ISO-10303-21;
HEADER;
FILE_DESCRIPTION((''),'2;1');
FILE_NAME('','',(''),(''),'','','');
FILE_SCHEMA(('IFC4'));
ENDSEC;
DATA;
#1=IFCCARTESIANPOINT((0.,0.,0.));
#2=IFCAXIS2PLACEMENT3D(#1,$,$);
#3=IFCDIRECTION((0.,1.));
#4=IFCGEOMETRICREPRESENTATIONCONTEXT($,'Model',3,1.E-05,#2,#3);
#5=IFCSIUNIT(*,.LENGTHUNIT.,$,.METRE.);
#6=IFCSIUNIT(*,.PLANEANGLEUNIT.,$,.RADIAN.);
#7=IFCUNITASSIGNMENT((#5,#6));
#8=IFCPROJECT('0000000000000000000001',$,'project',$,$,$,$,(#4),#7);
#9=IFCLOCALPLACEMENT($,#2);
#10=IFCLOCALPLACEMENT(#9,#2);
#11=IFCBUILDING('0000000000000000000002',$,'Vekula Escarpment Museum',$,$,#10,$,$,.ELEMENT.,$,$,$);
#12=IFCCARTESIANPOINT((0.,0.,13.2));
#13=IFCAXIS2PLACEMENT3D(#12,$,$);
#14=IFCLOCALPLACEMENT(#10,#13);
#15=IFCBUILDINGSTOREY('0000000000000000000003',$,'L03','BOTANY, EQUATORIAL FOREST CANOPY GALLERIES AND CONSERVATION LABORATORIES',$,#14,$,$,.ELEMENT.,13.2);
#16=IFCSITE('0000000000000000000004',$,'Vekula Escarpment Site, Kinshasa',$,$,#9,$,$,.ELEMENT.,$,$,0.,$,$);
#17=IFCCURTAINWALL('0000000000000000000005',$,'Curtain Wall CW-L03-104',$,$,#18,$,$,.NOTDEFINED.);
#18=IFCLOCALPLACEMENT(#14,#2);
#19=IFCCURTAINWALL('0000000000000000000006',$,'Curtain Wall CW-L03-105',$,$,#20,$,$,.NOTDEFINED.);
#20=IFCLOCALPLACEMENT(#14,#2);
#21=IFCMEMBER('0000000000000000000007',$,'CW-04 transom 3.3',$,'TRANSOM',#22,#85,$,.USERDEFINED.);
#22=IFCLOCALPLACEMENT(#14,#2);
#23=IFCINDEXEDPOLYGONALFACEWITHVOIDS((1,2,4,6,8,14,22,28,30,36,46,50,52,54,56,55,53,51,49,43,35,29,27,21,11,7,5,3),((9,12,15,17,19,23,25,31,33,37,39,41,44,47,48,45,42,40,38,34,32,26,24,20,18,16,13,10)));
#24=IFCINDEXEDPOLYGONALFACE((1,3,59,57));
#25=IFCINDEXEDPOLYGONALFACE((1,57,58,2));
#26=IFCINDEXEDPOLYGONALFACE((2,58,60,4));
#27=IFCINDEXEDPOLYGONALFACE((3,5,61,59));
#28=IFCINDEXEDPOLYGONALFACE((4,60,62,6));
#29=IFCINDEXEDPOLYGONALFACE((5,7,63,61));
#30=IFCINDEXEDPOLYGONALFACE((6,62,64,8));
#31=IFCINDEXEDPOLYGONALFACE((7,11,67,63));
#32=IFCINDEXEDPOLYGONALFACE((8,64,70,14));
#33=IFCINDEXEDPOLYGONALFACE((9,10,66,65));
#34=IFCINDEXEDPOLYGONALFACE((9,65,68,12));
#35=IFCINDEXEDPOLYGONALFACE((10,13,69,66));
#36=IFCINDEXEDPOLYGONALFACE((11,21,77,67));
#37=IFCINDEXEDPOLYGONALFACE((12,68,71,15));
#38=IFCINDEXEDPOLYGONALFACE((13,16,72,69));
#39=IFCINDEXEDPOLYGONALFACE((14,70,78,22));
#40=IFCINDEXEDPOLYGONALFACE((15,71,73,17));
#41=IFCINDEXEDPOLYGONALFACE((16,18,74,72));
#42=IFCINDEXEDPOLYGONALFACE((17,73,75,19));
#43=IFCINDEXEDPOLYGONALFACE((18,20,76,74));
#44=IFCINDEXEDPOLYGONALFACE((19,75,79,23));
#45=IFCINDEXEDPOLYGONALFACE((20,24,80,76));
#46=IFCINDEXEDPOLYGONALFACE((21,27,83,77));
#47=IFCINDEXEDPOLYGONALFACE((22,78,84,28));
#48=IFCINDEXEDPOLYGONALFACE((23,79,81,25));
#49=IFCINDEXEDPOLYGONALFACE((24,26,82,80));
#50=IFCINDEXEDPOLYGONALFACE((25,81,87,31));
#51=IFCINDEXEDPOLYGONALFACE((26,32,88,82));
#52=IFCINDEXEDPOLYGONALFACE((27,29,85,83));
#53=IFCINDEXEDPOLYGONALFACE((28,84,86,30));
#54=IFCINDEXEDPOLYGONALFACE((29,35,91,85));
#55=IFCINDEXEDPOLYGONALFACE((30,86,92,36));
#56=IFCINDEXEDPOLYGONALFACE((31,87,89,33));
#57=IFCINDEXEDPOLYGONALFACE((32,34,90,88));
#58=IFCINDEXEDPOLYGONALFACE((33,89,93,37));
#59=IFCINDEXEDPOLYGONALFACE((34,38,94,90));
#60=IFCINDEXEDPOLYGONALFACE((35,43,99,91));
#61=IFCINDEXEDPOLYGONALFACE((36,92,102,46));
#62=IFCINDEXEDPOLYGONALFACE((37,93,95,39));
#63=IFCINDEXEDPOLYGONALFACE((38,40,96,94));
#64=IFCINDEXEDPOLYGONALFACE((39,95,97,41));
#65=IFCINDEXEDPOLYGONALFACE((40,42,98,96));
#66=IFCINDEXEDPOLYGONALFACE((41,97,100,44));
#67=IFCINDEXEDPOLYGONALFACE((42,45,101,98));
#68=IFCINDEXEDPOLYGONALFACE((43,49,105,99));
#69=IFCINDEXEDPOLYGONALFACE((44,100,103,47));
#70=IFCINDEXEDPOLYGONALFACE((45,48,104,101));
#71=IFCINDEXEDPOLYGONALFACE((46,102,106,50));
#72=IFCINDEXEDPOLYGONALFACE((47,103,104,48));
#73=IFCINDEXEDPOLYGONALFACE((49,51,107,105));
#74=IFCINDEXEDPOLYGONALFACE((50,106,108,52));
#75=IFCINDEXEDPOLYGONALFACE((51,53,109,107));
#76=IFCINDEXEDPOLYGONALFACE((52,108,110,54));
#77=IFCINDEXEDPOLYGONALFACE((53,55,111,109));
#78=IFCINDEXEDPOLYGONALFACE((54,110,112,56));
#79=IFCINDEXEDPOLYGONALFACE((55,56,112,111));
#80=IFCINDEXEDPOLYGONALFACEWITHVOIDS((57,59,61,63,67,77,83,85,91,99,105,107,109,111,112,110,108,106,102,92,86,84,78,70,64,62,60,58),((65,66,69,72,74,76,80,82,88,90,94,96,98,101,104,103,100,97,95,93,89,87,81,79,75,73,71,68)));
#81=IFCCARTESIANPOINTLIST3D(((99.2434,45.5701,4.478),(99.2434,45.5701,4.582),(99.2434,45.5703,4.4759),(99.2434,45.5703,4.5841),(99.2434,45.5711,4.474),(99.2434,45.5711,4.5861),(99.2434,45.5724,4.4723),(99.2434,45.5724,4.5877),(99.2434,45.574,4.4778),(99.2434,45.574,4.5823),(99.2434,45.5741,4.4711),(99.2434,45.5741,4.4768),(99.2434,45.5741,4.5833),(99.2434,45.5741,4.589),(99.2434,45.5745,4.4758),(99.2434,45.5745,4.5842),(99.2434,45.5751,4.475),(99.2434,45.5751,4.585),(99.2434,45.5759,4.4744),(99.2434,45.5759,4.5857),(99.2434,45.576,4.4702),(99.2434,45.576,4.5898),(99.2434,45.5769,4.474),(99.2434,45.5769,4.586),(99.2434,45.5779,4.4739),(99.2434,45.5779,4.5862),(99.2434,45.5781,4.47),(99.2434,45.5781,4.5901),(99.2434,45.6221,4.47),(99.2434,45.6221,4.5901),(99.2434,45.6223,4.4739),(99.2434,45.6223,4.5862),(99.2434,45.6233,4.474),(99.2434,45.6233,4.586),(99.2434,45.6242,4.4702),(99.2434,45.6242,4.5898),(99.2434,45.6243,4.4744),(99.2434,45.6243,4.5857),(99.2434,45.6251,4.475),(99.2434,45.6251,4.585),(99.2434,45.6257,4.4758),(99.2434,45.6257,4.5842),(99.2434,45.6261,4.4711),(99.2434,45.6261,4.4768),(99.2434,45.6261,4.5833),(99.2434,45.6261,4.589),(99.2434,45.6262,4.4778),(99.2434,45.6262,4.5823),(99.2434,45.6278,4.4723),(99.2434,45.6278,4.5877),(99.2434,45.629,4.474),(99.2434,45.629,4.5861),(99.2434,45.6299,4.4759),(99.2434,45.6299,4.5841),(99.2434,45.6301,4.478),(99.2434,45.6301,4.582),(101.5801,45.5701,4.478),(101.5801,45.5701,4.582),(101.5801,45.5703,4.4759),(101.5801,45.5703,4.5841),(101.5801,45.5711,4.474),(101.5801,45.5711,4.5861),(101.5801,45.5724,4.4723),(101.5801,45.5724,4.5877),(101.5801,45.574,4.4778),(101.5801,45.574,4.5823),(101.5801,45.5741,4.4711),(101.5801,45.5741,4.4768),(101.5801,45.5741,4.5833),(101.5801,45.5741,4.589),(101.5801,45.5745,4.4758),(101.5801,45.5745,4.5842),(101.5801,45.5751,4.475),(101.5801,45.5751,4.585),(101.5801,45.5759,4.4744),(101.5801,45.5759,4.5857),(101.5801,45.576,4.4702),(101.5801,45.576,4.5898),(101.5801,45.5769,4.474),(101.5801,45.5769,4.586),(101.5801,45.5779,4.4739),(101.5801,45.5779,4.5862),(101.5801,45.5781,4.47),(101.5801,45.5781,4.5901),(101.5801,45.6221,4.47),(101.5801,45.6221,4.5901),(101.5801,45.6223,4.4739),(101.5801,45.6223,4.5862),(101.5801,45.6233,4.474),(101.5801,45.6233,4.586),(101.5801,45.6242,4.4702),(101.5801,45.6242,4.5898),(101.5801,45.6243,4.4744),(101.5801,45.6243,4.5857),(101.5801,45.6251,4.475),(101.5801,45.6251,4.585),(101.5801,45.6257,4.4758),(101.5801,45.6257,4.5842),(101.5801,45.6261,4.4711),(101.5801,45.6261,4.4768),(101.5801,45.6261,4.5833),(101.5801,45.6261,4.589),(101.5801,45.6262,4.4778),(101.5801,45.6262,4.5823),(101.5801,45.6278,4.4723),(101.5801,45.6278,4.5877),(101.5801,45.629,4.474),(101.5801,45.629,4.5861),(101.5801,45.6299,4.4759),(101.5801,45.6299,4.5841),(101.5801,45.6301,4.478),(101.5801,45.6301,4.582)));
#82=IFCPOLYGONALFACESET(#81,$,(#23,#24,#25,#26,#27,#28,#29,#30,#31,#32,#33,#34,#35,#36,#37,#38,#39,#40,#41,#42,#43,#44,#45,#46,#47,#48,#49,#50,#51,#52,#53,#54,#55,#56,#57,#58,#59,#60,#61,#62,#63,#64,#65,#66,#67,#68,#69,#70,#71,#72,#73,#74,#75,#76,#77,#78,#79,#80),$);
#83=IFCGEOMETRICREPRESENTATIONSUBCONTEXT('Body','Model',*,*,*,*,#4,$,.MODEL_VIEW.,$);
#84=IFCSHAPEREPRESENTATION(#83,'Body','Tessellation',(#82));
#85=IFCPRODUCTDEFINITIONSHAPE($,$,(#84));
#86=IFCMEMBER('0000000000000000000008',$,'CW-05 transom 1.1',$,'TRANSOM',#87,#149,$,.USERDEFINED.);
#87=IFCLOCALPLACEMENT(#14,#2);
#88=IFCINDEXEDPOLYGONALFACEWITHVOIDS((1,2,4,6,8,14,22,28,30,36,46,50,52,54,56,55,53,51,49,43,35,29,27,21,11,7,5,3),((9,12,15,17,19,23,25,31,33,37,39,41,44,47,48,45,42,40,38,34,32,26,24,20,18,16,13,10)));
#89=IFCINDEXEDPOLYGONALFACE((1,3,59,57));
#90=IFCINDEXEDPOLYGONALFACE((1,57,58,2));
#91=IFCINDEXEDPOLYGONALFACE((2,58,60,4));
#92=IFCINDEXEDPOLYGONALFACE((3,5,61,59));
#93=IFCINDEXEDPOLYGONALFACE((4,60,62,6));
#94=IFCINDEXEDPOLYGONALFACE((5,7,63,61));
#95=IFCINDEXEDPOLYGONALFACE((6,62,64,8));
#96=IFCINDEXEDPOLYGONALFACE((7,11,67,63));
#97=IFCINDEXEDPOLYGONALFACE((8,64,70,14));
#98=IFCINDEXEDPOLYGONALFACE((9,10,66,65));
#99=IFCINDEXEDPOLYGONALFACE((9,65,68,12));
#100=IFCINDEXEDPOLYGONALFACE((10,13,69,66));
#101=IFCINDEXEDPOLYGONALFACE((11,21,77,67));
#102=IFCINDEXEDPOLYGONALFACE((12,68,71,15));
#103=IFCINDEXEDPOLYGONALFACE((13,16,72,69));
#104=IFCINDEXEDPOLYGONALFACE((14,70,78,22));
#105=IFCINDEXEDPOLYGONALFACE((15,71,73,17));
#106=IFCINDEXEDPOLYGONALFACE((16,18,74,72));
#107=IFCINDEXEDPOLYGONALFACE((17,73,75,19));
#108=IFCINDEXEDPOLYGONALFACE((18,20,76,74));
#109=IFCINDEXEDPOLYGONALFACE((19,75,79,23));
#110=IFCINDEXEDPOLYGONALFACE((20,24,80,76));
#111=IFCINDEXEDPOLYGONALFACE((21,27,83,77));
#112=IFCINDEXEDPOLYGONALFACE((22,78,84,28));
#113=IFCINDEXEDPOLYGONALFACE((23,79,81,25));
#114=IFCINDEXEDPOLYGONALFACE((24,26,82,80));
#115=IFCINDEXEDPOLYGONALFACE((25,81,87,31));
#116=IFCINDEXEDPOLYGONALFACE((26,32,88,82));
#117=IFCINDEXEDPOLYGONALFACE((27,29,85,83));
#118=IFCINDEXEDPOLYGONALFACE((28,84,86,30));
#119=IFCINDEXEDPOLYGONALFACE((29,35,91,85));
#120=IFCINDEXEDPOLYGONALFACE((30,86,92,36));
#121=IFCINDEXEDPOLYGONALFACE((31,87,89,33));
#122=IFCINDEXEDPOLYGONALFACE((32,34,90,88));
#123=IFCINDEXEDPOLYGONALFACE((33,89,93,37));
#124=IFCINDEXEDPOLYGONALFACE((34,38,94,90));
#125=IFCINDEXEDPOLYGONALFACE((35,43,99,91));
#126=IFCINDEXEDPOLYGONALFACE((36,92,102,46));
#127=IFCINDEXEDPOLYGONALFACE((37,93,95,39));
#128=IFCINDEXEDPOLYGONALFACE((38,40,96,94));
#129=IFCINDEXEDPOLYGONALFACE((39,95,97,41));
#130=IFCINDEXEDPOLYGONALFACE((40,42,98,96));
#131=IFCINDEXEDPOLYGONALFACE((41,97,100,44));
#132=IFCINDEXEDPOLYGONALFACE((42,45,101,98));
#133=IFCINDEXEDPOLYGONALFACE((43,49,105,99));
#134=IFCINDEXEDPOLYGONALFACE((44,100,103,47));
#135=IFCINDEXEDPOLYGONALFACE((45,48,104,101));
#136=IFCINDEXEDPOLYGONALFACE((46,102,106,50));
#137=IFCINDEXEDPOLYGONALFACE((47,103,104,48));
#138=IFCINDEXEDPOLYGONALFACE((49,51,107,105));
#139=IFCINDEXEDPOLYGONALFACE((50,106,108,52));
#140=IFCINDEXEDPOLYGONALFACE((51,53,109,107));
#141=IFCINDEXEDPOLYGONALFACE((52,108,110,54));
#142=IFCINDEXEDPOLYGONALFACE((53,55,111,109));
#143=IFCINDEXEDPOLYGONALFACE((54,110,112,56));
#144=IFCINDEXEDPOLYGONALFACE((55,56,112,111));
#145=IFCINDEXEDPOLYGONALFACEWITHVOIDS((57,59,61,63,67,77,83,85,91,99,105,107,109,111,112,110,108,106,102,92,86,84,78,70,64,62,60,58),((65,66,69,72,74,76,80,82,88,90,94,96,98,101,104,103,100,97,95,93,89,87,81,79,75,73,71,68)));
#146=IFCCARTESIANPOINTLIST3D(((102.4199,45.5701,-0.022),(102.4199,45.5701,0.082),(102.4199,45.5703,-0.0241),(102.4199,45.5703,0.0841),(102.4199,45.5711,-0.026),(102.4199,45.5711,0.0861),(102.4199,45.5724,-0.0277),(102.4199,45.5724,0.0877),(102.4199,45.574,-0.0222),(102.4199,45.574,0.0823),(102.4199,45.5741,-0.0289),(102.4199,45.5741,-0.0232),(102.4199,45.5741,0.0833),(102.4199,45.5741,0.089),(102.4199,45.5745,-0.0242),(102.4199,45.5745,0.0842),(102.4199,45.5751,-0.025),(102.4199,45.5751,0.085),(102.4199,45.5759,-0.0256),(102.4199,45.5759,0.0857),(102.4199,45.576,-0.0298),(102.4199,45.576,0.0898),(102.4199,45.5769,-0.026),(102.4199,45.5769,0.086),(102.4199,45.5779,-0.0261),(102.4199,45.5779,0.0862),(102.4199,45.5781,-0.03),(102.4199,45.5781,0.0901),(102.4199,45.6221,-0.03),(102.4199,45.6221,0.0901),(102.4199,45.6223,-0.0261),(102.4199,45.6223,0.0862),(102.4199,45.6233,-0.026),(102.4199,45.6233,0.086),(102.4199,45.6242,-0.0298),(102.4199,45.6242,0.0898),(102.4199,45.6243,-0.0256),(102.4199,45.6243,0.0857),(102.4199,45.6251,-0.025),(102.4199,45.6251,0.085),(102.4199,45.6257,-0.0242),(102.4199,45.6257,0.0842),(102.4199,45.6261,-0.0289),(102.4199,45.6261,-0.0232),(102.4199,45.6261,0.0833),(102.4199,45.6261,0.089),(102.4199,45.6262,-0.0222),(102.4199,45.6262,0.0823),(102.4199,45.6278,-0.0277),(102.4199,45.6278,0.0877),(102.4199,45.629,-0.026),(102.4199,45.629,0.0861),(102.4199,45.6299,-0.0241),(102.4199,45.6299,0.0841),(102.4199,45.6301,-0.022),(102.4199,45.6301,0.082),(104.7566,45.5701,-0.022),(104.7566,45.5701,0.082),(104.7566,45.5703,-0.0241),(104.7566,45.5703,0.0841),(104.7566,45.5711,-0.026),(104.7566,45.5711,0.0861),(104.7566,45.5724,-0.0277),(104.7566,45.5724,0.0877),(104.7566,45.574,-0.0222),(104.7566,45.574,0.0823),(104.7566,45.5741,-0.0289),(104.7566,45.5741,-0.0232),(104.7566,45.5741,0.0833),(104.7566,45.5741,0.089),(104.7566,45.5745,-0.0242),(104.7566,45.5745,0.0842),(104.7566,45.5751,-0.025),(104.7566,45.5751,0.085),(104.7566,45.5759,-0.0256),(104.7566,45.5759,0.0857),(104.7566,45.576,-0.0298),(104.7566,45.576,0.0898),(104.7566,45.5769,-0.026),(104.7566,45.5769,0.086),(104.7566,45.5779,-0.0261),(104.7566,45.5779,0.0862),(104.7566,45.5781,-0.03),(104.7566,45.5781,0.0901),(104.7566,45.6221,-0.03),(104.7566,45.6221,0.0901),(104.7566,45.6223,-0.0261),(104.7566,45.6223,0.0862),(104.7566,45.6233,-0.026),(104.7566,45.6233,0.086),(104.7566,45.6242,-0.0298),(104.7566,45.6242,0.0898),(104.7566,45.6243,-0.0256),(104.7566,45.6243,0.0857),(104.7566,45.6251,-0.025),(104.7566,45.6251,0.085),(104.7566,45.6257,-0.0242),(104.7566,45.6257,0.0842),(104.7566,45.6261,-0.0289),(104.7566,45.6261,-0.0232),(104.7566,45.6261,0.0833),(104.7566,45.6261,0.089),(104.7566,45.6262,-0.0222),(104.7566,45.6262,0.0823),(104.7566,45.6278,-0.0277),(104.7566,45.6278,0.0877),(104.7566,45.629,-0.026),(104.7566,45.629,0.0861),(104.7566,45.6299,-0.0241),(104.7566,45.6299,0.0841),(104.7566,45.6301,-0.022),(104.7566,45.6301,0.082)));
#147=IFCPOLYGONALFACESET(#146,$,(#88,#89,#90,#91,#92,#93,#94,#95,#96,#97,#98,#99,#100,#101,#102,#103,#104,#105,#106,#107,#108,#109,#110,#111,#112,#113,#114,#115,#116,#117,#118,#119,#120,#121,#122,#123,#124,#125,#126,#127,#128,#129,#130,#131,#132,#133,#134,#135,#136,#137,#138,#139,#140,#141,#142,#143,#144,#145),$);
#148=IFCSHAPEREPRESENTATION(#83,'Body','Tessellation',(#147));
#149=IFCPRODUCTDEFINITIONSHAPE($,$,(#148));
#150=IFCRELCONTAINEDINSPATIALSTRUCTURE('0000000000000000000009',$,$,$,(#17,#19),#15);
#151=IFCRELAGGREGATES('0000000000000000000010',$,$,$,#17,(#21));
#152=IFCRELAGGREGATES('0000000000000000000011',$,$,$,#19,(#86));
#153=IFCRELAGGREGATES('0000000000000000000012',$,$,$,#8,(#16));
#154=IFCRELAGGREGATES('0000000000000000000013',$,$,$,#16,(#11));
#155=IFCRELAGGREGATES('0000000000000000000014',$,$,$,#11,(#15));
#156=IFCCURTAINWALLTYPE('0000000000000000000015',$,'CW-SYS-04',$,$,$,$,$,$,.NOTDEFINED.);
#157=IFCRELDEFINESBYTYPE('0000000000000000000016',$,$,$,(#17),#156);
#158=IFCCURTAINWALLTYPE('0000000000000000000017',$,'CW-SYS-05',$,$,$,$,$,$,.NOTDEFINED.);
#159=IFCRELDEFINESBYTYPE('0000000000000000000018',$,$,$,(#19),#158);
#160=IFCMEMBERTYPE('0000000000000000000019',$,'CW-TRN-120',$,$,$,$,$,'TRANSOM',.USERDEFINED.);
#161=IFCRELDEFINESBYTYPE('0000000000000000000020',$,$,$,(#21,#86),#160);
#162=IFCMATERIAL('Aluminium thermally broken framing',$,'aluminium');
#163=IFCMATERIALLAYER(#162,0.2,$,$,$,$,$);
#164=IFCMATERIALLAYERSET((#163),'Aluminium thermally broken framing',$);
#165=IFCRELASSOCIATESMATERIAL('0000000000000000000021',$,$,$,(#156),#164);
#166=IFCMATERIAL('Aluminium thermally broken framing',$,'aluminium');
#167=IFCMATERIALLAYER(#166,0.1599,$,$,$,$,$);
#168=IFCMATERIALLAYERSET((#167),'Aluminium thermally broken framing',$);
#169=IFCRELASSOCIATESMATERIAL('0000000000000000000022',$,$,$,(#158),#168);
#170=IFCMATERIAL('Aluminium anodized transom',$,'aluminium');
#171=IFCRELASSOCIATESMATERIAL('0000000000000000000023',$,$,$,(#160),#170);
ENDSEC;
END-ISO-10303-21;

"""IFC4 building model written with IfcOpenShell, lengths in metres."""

from ifc_helpers import new_model, si_unit, direction, frame, origin, origin_2d, place, context, subcontext, project, spatial, hollow_rectangle, extrude, material, layer, layer_set, material_profile, profile_set, type_object, element, aggregate, save


model = new_model("IFC4")

# Units and contexts
model_context = context("Model", 3, precision=1e-05, world=origin(), true_north=direction((0.0, 1.0)))
body_context = subcontext(model_context, "Body", "Model", "MODEL_VIEW")
ifc_project = project(units=[si_unit("LENGTHUNIT", "METRE"), si_unit("PLANEANGLEUNIT", "RADIAN")], contexts=[model_context])

# Site, building, storey
site_placement = place(None, origin())
site = spatial("IfcSite", under=ifc_project, at=site_placement, Name="Vekula Escarpment Site, Kinshasa", CompositionType="ELEMENT", RefElevation=0.0)
building_placement = place(site_placement, origin())
building = spatial("IfcBuilding", under=site, at=building_placement, Name="Vekula Escarpment Museum", CompositionType="ELEMENT")
storey_placement = place(building_placement, frame((0.0, 0.0, 13.2)))
storey = spatial("IfcBuildingStorey", under=building, at=storey_placement, Name="L03", Description="BOTANY, EQUATORIAL FOREST CANOPY GALLERIES AND CONSERVATION LABORATORIES", CompositionType="ELEMENT", Elevation=13.2)

# Curtain walls
ifc_material_1 = material(Name="Aluminium thermally broken framing", Category="aluminium")
ifc_layer_1 = layer(ifc_material_1, 0.2)
ifc_layer_set_1 = layer_set([ifc_layer_1], Name="Aluminium thermally broken framing")
curtain_wall_type_1 = type_object("IfcCurtainWallType", Name="CW-SYS-04", PredefinedType="NOTDEFINED", material=ifc_layer_set_1)
curtain_wall_1_placement = place(storey_placement, origin())
curtain_wall_1 = element("IfcCurtainWall", 1, at=curtain_wall_1_placement, inside=storey, type_object=curtain_wall_type_1, Name="Curtain Wall CW-L03-104", PredefinedType="NOTDEFINED")
ifc_material_2 = material(Name="Aluminium thermally broken framing", Category="aluminium")
ifc_layer_2 = layer(ifc_material_2, 0.1599)
ifc_layer_set_2 = layer_set([ifc_layer_2], Name="Aluminium thermally broken framing")
curtain_wall_type_2 = type_object("IfcCurtainWallType", Name="CW-SYS-05", PredefinedType="NOTDEFINED", material=ifc_layer_set_2)
curtain_wall_2_placement = place(storey_placement, origin())
curtain_wall_2 = element("IfcCurtainWall", 2, at=curtain_wall_2_placement, inside=storey, type_object=curtain_wall_type_2, Name="Curtain Wall CW-L03-105", PredefinedType="NOTDEFINED")

# Members
ifc_material_3 = material(Name="Aluminium anodized transom", Category="aluminium")
ifc_material_profile_1 = material_profile(ifc_material_3, hollow_rectangle(XDim=0.0601, YDim=0.1201, WallThickness=0.0039, InnerFilletRadius=0.0039, OuterFilletRadius=0.0081, at=origin_2d()), Name="ALU 120x60x4")
ifc_profile_set_1 = profile_set([ifc_material_profile_1], Name="Aluminium anodized transom")
member_type_1 = type_object("IfcMemberType", Name="CW-TRN-120", ElementType="TRANSOM", PredefinedType="USERDEFINED", material=ifc_profile_set_1)
member_1_placement = place(storey_placement, frame((99.2434, 45.6001, 4.53), z_axis=(1.0, 0.0, 0.0), x_axis=(0.0, 1.0, 0.0)))
member_1 = element("IfcMember", 3, at=member_1_placement, type_object=member_type_1, Name="CW-04 transom 3.3", ObjectType="TRANSOM", PredefinedType="USERDEFINED", context=body_context, shape_type="SweptSolid", body=[
    extrude(hollow_rectangle(XDim=0.0601, YDim=0.1201, WallThickness=0.0039, InnerFilletRadius=0.0039, OuterFilletRadius=0.0081, at=origin_2d()), origin(), (0.0, 0.0, 1.0), 2.3367),
])
member_2_placement = place(storey_placement, frame((102.4199, 45.6001, 0.03), z_axis=(1.0, 0.0, 0.0), x_axis=(0.0, 1.0, 0.0)))
member_2 = element("IfcMember", 4, at=member_2_placement, type_object=member_type_1, Name="CW-05 transom 1.1", ObjectType="TRANSOM", PredefinedType="USERDEFINED", context=body_context, shape_type="SweptSolid", body=[
    extrude(hollow_rectangle(XDim=0.0601, YDim=0.1201, WallThickness=0.0039, InnerFilletRadius=0.0039, OuterFilletRadius=0.0081, at=origin_2d()), origin(), (0.0, 0.0, 1.0), 2.3367),
])

aggregate(curtain_wall_1, [member_1])
aggregate(curtain_wall_2, [member_2])

save(model, "model.ifc")
